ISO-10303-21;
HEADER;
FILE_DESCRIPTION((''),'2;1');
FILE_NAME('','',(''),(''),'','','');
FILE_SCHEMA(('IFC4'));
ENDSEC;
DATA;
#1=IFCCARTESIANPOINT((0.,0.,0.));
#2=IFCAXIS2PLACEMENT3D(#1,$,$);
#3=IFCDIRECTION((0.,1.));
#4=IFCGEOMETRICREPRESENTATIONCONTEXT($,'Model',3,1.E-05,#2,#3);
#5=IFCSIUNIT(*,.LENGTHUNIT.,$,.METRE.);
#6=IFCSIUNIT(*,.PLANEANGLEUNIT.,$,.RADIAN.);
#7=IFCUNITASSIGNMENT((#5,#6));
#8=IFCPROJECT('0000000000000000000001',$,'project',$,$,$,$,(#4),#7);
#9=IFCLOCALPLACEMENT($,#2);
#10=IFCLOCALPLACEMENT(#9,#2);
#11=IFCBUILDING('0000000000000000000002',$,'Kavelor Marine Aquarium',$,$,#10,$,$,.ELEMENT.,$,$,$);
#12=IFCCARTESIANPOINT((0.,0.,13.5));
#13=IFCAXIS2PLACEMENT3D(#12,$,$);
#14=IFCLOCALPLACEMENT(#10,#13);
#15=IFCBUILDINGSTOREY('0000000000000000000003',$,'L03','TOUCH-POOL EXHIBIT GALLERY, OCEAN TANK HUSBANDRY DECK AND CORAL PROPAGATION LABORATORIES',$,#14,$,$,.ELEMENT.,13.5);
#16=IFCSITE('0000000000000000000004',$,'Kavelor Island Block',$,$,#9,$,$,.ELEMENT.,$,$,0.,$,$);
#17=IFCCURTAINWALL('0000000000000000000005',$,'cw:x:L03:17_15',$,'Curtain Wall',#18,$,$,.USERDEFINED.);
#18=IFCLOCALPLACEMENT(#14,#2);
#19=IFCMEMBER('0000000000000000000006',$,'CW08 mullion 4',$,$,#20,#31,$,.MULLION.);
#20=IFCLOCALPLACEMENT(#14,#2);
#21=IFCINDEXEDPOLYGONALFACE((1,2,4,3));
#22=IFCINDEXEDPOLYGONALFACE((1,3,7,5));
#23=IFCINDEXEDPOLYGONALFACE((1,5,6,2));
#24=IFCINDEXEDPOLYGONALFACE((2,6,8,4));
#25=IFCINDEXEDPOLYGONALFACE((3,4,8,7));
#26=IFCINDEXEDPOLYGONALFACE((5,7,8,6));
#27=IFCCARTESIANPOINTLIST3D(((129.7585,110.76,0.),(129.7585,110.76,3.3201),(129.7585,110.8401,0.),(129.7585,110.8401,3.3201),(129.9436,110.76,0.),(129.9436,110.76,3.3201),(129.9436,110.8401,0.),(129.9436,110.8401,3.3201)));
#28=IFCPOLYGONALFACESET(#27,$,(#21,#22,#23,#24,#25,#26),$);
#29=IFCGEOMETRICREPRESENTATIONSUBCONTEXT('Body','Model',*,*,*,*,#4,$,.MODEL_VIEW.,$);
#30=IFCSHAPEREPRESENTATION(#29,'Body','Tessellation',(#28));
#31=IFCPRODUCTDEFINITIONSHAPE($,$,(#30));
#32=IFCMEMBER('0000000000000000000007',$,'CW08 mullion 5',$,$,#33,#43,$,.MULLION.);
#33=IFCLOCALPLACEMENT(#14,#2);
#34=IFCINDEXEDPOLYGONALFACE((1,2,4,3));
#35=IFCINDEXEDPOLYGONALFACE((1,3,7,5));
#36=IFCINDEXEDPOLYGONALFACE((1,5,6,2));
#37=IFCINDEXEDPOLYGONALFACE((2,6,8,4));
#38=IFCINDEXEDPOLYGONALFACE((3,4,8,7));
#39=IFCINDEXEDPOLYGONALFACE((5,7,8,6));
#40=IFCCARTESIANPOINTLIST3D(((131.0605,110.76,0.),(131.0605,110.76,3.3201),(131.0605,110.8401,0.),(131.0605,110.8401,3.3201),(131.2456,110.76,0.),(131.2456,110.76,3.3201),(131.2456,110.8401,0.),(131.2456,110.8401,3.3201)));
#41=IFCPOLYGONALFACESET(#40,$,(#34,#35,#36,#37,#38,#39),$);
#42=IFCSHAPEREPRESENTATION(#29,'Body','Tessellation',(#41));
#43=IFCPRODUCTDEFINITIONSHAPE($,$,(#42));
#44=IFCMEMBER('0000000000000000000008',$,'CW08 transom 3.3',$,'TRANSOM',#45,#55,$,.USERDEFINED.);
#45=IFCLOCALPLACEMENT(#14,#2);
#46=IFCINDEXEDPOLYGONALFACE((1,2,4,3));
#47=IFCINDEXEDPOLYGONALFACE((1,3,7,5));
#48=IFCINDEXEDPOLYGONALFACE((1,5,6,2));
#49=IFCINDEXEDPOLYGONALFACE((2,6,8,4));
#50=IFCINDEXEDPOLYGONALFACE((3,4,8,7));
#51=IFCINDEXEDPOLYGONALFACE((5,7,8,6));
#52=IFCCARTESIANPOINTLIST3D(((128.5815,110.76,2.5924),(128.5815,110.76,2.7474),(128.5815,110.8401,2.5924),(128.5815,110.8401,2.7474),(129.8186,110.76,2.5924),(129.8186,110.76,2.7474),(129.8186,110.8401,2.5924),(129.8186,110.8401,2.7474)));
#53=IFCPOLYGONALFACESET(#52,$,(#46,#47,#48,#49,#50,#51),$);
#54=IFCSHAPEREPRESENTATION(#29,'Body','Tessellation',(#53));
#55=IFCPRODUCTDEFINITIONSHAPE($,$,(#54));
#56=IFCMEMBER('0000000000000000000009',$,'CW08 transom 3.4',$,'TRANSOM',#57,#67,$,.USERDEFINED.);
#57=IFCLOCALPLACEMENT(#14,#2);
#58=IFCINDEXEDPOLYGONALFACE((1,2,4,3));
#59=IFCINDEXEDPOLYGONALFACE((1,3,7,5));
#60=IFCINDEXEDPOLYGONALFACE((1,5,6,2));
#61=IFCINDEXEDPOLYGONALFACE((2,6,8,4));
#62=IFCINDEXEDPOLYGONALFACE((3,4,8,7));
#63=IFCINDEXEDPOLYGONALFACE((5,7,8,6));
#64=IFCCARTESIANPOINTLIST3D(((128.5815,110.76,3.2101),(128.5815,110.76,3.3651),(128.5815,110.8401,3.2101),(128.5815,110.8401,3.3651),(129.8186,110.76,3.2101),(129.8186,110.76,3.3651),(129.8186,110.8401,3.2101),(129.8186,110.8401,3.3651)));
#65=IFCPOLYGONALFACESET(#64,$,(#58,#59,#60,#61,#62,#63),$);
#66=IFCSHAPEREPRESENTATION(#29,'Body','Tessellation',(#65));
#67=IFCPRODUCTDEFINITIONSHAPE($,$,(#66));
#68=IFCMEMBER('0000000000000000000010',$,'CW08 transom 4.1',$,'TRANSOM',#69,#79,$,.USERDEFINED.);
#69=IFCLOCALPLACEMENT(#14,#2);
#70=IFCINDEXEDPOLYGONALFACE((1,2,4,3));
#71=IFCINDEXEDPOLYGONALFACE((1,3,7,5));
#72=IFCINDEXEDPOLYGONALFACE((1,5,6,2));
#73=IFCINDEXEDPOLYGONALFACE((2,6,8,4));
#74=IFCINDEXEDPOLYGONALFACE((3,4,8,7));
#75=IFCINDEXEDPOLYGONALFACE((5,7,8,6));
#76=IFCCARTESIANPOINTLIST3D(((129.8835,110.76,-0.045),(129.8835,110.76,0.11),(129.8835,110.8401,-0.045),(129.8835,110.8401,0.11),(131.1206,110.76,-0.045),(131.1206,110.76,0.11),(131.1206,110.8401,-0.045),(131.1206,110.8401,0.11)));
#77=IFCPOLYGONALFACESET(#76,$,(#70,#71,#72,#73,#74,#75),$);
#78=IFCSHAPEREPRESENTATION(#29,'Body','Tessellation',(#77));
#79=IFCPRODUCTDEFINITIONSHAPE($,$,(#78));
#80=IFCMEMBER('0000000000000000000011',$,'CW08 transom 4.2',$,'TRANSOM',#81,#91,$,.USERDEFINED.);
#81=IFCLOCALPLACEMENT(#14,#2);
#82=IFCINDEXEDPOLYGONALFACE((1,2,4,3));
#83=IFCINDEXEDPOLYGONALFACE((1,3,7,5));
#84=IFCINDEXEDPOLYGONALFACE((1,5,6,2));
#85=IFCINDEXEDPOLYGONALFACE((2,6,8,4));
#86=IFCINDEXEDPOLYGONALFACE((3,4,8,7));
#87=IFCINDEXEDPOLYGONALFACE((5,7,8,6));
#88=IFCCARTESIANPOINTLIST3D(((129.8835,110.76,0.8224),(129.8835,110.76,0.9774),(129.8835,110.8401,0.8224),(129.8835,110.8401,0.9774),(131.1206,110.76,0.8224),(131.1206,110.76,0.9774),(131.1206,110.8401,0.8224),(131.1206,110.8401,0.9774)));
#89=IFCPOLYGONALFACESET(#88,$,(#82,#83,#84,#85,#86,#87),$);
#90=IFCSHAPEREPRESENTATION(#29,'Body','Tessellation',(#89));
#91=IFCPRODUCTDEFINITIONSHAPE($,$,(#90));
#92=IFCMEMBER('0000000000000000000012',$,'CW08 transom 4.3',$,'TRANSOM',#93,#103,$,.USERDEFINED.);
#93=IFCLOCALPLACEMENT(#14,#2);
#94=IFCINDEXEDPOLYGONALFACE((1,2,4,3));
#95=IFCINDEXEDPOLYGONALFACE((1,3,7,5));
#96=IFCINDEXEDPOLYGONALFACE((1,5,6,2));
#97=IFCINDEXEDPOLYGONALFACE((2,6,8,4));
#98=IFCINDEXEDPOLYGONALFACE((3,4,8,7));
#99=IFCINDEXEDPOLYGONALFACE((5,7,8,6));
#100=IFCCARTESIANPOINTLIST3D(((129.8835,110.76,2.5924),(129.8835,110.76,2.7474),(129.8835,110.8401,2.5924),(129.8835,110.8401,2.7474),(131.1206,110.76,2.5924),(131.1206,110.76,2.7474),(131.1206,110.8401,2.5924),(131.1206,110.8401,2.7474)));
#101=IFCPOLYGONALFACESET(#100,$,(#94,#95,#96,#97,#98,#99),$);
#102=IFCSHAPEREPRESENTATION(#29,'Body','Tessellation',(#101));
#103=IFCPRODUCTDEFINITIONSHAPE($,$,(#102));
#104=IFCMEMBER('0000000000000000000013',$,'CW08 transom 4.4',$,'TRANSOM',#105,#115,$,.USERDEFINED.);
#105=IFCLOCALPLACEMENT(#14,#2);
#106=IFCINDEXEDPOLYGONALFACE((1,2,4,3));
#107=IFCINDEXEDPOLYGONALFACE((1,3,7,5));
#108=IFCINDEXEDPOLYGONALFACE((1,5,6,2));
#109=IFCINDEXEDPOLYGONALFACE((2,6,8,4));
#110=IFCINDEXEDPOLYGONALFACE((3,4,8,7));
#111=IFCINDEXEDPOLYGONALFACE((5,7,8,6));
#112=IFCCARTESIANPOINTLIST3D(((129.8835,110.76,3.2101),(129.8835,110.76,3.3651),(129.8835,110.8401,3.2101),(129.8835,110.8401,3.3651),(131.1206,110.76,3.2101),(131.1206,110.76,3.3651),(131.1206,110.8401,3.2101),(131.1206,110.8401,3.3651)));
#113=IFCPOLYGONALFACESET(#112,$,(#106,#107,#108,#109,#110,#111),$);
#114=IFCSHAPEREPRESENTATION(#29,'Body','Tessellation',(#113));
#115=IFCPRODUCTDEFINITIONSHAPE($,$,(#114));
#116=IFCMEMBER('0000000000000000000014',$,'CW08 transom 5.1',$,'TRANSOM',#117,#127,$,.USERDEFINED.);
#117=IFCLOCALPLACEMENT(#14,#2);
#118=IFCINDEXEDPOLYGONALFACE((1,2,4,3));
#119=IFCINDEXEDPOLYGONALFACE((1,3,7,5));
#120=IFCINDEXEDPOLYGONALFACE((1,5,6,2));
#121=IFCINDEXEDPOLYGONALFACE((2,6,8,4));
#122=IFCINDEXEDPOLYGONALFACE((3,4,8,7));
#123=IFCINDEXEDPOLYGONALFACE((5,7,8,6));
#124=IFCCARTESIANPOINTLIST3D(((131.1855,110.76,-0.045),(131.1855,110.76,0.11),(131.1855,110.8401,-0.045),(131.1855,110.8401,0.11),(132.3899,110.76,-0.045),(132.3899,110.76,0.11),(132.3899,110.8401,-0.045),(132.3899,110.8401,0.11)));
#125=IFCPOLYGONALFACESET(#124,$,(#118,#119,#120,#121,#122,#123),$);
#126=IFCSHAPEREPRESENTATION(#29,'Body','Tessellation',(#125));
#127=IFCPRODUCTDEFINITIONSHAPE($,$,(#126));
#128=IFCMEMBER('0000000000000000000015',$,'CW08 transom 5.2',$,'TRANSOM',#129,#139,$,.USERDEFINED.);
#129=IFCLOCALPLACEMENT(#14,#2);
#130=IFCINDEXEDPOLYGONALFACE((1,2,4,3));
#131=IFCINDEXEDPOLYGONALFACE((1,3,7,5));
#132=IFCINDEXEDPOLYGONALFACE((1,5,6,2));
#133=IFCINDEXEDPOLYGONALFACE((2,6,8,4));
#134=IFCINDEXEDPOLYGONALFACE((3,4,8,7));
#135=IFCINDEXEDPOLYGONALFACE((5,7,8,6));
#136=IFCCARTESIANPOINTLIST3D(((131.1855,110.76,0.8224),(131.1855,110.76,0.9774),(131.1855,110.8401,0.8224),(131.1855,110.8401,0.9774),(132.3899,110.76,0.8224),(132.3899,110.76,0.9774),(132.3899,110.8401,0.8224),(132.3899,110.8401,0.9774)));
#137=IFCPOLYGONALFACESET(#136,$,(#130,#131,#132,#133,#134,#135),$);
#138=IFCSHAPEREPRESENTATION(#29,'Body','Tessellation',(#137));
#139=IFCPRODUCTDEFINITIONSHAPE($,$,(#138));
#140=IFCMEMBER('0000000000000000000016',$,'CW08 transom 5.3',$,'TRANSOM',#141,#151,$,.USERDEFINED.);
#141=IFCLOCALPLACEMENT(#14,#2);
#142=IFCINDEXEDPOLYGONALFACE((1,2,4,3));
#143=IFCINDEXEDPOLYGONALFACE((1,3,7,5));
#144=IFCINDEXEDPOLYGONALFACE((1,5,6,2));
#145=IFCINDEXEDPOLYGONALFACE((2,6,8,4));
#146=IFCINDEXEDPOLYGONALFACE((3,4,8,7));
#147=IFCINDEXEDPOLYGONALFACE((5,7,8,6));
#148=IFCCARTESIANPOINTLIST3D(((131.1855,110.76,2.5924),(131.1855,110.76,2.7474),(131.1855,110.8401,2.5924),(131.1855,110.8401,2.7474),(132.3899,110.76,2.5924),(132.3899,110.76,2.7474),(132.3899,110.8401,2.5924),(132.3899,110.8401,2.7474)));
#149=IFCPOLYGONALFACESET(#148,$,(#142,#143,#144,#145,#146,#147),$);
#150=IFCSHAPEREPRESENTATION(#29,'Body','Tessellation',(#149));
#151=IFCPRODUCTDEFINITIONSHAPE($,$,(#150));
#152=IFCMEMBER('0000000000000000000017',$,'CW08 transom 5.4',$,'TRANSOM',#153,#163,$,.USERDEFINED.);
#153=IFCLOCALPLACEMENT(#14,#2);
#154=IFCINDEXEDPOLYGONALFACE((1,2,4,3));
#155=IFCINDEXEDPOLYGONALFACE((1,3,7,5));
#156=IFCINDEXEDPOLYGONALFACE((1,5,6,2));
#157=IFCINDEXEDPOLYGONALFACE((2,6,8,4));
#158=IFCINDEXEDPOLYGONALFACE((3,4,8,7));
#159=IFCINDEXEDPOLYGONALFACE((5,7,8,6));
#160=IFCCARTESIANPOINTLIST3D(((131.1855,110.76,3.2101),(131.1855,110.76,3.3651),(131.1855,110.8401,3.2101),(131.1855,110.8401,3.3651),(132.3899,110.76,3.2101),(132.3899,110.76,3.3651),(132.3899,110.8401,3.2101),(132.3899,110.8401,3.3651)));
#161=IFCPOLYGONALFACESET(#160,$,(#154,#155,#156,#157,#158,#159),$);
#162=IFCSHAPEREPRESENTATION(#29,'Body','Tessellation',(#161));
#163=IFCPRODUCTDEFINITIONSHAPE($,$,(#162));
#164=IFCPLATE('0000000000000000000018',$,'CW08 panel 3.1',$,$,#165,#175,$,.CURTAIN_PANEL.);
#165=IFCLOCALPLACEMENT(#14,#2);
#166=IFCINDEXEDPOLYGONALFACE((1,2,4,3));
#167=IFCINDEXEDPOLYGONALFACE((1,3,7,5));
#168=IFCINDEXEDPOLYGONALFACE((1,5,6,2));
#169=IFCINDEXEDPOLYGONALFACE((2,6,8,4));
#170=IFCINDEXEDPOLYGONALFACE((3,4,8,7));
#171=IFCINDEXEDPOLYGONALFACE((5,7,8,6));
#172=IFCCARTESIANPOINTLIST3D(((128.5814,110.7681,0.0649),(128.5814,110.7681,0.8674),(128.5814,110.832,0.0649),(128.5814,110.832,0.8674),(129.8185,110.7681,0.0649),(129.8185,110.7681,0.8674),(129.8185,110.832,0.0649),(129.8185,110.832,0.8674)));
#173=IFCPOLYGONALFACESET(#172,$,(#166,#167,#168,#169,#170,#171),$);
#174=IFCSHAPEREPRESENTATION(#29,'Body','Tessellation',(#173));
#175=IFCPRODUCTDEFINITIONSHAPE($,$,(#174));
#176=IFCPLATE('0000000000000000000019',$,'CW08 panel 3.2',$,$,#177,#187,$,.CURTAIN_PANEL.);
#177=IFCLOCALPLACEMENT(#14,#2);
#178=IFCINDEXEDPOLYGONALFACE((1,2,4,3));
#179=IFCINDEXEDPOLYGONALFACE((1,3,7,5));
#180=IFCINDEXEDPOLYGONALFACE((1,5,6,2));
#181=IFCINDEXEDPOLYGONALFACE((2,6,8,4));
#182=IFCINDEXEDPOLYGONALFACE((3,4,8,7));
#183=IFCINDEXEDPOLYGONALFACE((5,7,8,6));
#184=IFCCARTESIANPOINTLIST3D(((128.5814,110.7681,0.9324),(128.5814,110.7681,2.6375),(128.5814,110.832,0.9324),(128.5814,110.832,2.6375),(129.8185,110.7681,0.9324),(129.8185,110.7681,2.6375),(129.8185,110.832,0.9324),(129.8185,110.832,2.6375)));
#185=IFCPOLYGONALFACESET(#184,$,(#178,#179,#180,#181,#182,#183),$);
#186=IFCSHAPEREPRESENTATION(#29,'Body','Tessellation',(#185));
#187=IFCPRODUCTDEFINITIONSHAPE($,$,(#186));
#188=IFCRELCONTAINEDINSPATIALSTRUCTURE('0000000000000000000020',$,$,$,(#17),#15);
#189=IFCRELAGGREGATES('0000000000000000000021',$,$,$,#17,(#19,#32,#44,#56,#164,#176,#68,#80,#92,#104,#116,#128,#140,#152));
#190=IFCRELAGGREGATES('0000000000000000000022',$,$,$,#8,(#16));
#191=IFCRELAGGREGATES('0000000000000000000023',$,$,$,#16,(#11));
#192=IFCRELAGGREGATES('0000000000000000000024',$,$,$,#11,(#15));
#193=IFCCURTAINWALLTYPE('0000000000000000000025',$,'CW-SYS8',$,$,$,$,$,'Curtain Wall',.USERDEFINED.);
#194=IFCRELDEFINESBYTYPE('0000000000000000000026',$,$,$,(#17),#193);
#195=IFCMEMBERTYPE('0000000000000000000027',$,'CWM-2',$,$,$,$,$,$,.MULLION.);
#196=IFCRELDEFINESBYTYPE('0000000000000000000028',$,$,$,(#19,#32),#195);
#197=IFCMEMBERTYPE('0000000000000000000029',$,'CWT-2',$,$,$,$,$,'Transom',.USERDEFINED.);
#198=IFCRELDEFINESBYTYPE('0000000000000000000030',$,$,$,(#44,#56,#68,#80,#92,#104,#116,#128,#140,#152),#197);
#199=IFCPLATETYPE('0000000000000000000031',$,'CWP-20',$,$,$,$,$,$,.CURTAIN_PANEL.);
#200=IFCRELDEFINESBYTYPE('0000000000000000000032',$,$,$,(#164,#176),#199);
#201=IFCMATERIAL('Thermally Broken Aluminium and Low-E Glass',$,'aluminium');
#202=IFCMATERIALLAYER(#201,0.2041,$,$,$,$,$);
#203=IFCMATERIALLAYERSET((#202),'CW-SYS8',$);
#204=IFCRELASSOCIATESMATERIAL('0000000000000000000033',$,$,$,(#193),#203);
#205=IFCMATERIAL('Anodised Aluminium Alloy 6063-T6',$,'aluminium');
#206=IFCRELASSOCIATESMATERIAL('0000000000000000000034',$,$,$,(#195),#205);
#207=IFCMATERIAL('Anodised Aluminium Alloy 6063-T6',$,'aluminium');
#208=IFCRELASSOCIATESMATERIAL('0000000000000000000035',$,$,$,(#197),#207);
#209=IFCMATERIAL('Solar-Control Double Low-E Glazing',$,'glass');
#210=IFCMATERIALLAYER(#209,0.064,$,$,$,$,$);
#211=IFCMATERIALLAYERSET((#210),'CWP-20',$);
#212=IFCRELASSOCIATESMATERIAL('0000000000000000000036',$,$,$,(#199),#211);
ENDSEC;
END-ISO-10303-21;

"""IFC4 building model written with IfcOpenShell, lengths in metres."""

from ifc_helpers import new_model, si_unit, direction, frame, origin, origin_2d, place, context, subcontext, project, spatial, rectangle, extrude, material, layer, layer_set, material_profile, profile_set, type_object, element, aggregate, save


model = new_model("IFC4")

# Units and contexts
model_context = context("Model", 3, precision=1e-05, world=origin(), true_north=direction((0.0, 1.0)))
body_context = subcontext(model_context, "Body", "Model", "MODEL_VIEW")
ifc_project = project(units=[si_unit("LENGTHUNIT", "METRE"), si_unit("PLANEANGLEUNIT", "RADIAN")], contexts=[model_context])

# Site, building, storey
site_placement = place(None, origin())
site = spatial("IfcSite", under=ifc_project, at=site_placement, Name="Kavelor Island Block", CompositionType="ELEMENT", RefElevation=0.0)
building_placement = place(site_placement, origin())
building = spatial("IfcBuilding", under=site, at=building_placement, Name="Kavelor Marine Aquarium", CompositionType="ELEMENT")
storey_placement = place(building_placement, frame((0.0, 0.0, 13.5)))
storey = spatial("IfcBuildingStorey", under=building, at=storey_placement, Name="L03", Description="TOUCH-POOL EXHIBIT GALLERY, OCEAN TANK HUSBANDRY DECK AND CORAL PROPAGATION LABORATORIES", CompositionType="ELEMENT", Elevation=13.5)

# Curtain wall, members, plates
ifc_material_1 = material(Name="Thermally Broken Aluminium and Low-E Glass", Category="aluminium")
ifc_layer_1 = layer(ifc_material_1, 0.2041)
ifc_layer_set_1 = layer_set([ifc_layer_1], Name="CW-SYS8")
curtain_wall_type = type_object("IfcCurtainWallType", Name="CW-SYS8", ElementType="Curtain Wall", PredefinedType="USERDEFINED", material=ifc_layer_set_1)
curtain_wall_placement = place(storey_placement, origin())
curtain_wall = element("IfcCurtainWall", 1, at=curtain_wall_placement, inside=storey, type_object=curtain_wall_type, Name="cw:x:L03:17_15", ObjectType="Curtain Wall", PredefinedType="USERDEFINED")
ifc_material_2 = material(Name="Anodised Aluminium Alloy 6063-T6", Category="aluminium")
ifc_material_profile_1 = material_profile(ifc_material_2, rectangle(XDim=0.0801, YDim=0.1851, at=origin_2d()), Name="CW-MUL 80x185")
ifc_profile_set_1 = profile_set([ifc_material_profile_1], Name="Anodised Aluminium Alloy 6063-T6")
member_type_1 = type_object("IfcMemberType", Name="CWM-2", PredefinedType="MULLION", material=ifc_profile_set_1)
member_1_placement = place(storey_placement, frame((129.8511, 110.8, 0.0), z_axis=(0.0, 0.0, 1.0), x_axis=(0.0, 1.0, 0.0)))
member_1 = element("IfcMember", 2, at=member_1_placement, type_object=member_type_1, Name="CW08 mullion 4", PredefinedType="MULLION", context=body_context, shape_type="SweptSolid", body=[
    extrude(rectangle(XDim=0.0801, YDim=0.1851, at=origin_2d()), origin(), (0.0, 0.0, 1.0), 3.3201),
])
member_2_placement = place(storey_placement, frame((131.1531, 110.8, 0.0), z_axis=(0.0, 0.0, 1.0), x_axis=(0.0, 1.0, 0.0)))
member_2 = element("IfcMember", 3, at=member_2_placement, type_object=member_type_1, Name="CW08 mullion 5", PredefinedType="MULLION", context=body_context, shape_type="SweptSolid", body=[
    extrude(rectangle(XDim=0.0801, YDim=0.1851, at=origin_2d()), origin(), (0.0, 0.0, 1.0), 3.3201),
])
ifc_material_3 = material(Name="Anodised Aluminium Alloy 6063-T6", Category="aluminium")
ifc_material_profile_2 = material_profile(ifc_material_3, rectangle(XDim=0.0801, YDim=0.155, at=origin_2d()), Name="CW-TRN 80x155")
ifc_profile_set_2 = profile_set([ifc_material_profile_2], Name="Anodised Aluminium Alloy 6063-T6")
member_type_2 = type_object("IfcMemberType", Name="CWT-2", ElementType="Transom", PredefinedType="USERDEFINED", material=ifc_profile_set_2)
member_3_placement = place(storey_placement, frame((128.5815, 110.8, 2.6699), z_axis=(1.0, 0.0, 0.0), x_axis=(0.0, 1.0, 0.0)))
member_3 = element("IfcMember", 4, at=member_3_placement, type_object=member_type_2, Name="CW08 transom 3.3", ObjectType="TRANSOM", PredefinedType="USERDEFINED", context=body_context, shape_type="SweptSolid", body=[
    extrude(rectangle(XDim=0.0801, YDim=0.155, at=origin_2d()), origin(), (0.0, 0.0, 1.0), 1.2371),
])
member_4_placement = place(storey_placement, frame((128.5815, 110.8, 3.2876), z_axis=(1.0, 0.0, 0.0), x_axis=(0.0, 1.0, 0.0)))
member_4 = element("IfcMember", 5, at=member_4_placement, type_object=member_type_2, Name="CW08 transom 3.4", ObjectType="TRANSOM", PredefinedType="USERDEFINED", context=body_context, shape_type="SweptSolid", body=[
    extrude(rectangle(XDim=0.0801, YDim=0.155, at=origin_2d()), origin(), (0.0, 0.0, 1.0), 1.2371),
])
member_5_placement = place(storey_placement, frame((129.8835, 110.8, 0.0325), z_axis=(1.0, 0.0, 0.0), x_axis=(0.0, 1.0, 0.0)))
member_5 = element("IfcMember", 6, at=member_5_placement, type_object=member_type_2, Name="CW08 transom 4.1", ObjectType="TRANSOM", PredefinedType="USERDEFINED", context=body_context, shape_type="SweptSolid", body=[
    extrude(rectangle(XDim=0.0801, YDim=0.155, at=origin_2d()), origin(), (0.0, 0.0, 1.0), 1.2371),
])
member_6_placement = place(storey_placement, frame((129.8835, 110.8, 0.8999), z_axis=(1.0, 0.0, 0.0), x_axis=(0.0, 1.0, 0.0)))
member_6 = element("IfcMember", 7, at=member_6_placement, type_object=member_type_2, Name="CW08 transom 4.2", ObjectType="TRANSOM", PredefinedType="USERDEFINED", context=body_context, shape_type="SweptSolid", body=[
    extrude(rectangle(XDim=0.0801, YDim=0.155, at=origin_2d()), origin(), (0.0, 0.0, 1.0), 1.2371),
])
member_7_placement = place(storey_placement, frame((129.8835, 110.8, 2.6699), z_axis=(1.0, 0.0, 0.0), x_axis=(0.0, 1.0, 0.0)))
member_7 = element("IfcMember", 8, at=member_7_placement, type_object=member_type_2, Name="CW08 transom 4.3", ObjectType="TRANSOM", PredefinedType="USERDEFINED", context=body_context, shape_type="SweptSolid", body=[
    extrude(rectangle(XDim=0.0801, YDim=0.155, at=origin_2d()), origin(), (0.0, 0.0, 1.0), 1.2371),
])
member_8_placement = place(storey_placement, frame((129.8835, 110.8, 3.2876), z_axis=(1.0, 0.0, 0.0), x_axis=(0.0, 1.0, 0.0)))
member_8 = element("IfcMember", 9, at=member_8_placement, type_object=member_type_2, Name="CW08 transom 4.4", ObjectType="TRANSOM", PredefinedType="USERDEFINED", context=body_context, shape_type="SweptSolid", body=[
    extrude(rectangle(XDim=0.0801, YDim=0.155, at=origin_2d()), origin(), (0.0, 0.0, 1.0), 1.2371),
])
member_9_placement = place(storey_placement, frame((131.1855, 110.8, 0.0325), z_axis=(1.0, 0.0, 0.0), x_axis=(0.0, 1.0, 0.0)))
member_9 = element("IfcMember", 10, at=member_9_placement, type_object=member_type_2, Name="CW08 transom 5.1", ObjectType="TRANSOM", PredefinedType="USERDEFINED", context=body_context, shape_type="SweptSolid", body=[
    extrude(rectangle(XDim=0.0801, YDim=0.155, at=origin_2d()), origin(), (0.0, 0.0, 1.0), 1.2043),
])
member_10_placement = place(storey_placement, frame((131.1855, 110.8, 0.8999), z_axis=(1.0, 0.0, 0.0), x_axis=(0.0, 1.0, 0.0)))
member_10 = element("IfcMember", 11, at=member_10_placement, type_object=member_type_2, Name="CW08 transom 5.2", ObjectType="TRANSOM", PredefinedType="USERDEFINED", context=body_context, shape_type="SweptSolid", body=[
    extrude(rectangle(XDim=0.0801, YDim=0.155, at=origin_2d()), origin(), (0.0, 0.0, 1.0), 1.2043),
])
member_11_placement = place(storey_placement, frame((131.1855, 110.8, 2.6699), z_axis=(1.0, 0.0, 0.0), x_axis=(0.0, 1.0, 0.0)))
member_11 = element("IfcMember", 12, at=member_11_placement, type_object=member_type_2, Name="CW08 transom 5.3", ObjectType="TRANSOM", PredefinedType="USERDEFINED", context=body_context, shape_type="SweptSolid", body=[
    extrude(rectangle(XDim=0.0801, YDim=0.155, at=origin_2d()), origin(), (0.0, 0.0, 1.0), 1.2043),
])
member_12_placement = place(storey_placement, frame((131.1855, 110.8, 3.2876), z_axis=(1.0, 0.0, 0.0), x_axis=(0.0, 1.0, 0.0)))
member_12 = element("IfcMember", 13, at=member_12_placement, type_object=member_type_2, Name="CW08 transom 5.4", ObjectType="TRANSOM", PredefinedType="USERDEFINED", context=body_context, shape_type="SweptSolid", body=[
    extrude(rectangle(XDim=0.0801, YDim=0.155, at=origin_2d()), origin(), (0.0, 0.0, 1.0), 1.2043),
])
ifc_material_4 = material(Name="Solar-Control Double Low-E Glazing", Category="glass")
ifc_layer_2 = layer(ifc_material_4, 0.064)
ifc_layer_set_2 = layer_set([ifc_layer_2], Name="CWP-20")
plate_type = type_object("IfcPlateType", Name="CWP-20", PredefinedType="CURTAIN_PANEL", material=ifc_layer_set_2)
plate_1_placement = place(storey_placement, frame((129.2, 110.8, 0.0649), z_axis=(0.0, 0.0, 1.0), x_axis=(1.0, 0.0, 0.0)))
plate_1 = element("IfcPlate", 14, at=plate_1_placement, type_object=plate_type, Name="CW08 panel 3.1", PredefinedType="CURTAIN_PANEL", context=body_context, shape_type="SweptSolid", body=[
    extrude(rectangle(XDim=1.2371, YDim=0.064, at=origin_2d()), origin(), (0.0, 0.0, 1.0), 0.8025),
])
plate_2_placement = place(storey_placement, frame((129.2, 110.8, 0.9324), z_axis=(0.0, 0.0, 1.0), x_axis=(1.0, 0.0, 0.0)))
plate_2 = element("IfcPlate", 15, at=plate_2_placement, type_object=plate_type, Name="CW08 panel 3.2", PredefinedType="CURTAIN_PANEL", context=body_context, shape_type="SweptSolid", body=[
    extrude(rectangle(XDim=1.2371, YDim=0.064, at=origin_2d()), origin(), (0.0, 0.0, 1.0), 1.7051),
])
aggregate(curtain_wall, [member_1, member_2, member_3, member_4, plate_1, plate_2, member_5, member_6, member_7, member_8, member_9, member_10, member_11, member_12])

save(model, "model.ifc")
